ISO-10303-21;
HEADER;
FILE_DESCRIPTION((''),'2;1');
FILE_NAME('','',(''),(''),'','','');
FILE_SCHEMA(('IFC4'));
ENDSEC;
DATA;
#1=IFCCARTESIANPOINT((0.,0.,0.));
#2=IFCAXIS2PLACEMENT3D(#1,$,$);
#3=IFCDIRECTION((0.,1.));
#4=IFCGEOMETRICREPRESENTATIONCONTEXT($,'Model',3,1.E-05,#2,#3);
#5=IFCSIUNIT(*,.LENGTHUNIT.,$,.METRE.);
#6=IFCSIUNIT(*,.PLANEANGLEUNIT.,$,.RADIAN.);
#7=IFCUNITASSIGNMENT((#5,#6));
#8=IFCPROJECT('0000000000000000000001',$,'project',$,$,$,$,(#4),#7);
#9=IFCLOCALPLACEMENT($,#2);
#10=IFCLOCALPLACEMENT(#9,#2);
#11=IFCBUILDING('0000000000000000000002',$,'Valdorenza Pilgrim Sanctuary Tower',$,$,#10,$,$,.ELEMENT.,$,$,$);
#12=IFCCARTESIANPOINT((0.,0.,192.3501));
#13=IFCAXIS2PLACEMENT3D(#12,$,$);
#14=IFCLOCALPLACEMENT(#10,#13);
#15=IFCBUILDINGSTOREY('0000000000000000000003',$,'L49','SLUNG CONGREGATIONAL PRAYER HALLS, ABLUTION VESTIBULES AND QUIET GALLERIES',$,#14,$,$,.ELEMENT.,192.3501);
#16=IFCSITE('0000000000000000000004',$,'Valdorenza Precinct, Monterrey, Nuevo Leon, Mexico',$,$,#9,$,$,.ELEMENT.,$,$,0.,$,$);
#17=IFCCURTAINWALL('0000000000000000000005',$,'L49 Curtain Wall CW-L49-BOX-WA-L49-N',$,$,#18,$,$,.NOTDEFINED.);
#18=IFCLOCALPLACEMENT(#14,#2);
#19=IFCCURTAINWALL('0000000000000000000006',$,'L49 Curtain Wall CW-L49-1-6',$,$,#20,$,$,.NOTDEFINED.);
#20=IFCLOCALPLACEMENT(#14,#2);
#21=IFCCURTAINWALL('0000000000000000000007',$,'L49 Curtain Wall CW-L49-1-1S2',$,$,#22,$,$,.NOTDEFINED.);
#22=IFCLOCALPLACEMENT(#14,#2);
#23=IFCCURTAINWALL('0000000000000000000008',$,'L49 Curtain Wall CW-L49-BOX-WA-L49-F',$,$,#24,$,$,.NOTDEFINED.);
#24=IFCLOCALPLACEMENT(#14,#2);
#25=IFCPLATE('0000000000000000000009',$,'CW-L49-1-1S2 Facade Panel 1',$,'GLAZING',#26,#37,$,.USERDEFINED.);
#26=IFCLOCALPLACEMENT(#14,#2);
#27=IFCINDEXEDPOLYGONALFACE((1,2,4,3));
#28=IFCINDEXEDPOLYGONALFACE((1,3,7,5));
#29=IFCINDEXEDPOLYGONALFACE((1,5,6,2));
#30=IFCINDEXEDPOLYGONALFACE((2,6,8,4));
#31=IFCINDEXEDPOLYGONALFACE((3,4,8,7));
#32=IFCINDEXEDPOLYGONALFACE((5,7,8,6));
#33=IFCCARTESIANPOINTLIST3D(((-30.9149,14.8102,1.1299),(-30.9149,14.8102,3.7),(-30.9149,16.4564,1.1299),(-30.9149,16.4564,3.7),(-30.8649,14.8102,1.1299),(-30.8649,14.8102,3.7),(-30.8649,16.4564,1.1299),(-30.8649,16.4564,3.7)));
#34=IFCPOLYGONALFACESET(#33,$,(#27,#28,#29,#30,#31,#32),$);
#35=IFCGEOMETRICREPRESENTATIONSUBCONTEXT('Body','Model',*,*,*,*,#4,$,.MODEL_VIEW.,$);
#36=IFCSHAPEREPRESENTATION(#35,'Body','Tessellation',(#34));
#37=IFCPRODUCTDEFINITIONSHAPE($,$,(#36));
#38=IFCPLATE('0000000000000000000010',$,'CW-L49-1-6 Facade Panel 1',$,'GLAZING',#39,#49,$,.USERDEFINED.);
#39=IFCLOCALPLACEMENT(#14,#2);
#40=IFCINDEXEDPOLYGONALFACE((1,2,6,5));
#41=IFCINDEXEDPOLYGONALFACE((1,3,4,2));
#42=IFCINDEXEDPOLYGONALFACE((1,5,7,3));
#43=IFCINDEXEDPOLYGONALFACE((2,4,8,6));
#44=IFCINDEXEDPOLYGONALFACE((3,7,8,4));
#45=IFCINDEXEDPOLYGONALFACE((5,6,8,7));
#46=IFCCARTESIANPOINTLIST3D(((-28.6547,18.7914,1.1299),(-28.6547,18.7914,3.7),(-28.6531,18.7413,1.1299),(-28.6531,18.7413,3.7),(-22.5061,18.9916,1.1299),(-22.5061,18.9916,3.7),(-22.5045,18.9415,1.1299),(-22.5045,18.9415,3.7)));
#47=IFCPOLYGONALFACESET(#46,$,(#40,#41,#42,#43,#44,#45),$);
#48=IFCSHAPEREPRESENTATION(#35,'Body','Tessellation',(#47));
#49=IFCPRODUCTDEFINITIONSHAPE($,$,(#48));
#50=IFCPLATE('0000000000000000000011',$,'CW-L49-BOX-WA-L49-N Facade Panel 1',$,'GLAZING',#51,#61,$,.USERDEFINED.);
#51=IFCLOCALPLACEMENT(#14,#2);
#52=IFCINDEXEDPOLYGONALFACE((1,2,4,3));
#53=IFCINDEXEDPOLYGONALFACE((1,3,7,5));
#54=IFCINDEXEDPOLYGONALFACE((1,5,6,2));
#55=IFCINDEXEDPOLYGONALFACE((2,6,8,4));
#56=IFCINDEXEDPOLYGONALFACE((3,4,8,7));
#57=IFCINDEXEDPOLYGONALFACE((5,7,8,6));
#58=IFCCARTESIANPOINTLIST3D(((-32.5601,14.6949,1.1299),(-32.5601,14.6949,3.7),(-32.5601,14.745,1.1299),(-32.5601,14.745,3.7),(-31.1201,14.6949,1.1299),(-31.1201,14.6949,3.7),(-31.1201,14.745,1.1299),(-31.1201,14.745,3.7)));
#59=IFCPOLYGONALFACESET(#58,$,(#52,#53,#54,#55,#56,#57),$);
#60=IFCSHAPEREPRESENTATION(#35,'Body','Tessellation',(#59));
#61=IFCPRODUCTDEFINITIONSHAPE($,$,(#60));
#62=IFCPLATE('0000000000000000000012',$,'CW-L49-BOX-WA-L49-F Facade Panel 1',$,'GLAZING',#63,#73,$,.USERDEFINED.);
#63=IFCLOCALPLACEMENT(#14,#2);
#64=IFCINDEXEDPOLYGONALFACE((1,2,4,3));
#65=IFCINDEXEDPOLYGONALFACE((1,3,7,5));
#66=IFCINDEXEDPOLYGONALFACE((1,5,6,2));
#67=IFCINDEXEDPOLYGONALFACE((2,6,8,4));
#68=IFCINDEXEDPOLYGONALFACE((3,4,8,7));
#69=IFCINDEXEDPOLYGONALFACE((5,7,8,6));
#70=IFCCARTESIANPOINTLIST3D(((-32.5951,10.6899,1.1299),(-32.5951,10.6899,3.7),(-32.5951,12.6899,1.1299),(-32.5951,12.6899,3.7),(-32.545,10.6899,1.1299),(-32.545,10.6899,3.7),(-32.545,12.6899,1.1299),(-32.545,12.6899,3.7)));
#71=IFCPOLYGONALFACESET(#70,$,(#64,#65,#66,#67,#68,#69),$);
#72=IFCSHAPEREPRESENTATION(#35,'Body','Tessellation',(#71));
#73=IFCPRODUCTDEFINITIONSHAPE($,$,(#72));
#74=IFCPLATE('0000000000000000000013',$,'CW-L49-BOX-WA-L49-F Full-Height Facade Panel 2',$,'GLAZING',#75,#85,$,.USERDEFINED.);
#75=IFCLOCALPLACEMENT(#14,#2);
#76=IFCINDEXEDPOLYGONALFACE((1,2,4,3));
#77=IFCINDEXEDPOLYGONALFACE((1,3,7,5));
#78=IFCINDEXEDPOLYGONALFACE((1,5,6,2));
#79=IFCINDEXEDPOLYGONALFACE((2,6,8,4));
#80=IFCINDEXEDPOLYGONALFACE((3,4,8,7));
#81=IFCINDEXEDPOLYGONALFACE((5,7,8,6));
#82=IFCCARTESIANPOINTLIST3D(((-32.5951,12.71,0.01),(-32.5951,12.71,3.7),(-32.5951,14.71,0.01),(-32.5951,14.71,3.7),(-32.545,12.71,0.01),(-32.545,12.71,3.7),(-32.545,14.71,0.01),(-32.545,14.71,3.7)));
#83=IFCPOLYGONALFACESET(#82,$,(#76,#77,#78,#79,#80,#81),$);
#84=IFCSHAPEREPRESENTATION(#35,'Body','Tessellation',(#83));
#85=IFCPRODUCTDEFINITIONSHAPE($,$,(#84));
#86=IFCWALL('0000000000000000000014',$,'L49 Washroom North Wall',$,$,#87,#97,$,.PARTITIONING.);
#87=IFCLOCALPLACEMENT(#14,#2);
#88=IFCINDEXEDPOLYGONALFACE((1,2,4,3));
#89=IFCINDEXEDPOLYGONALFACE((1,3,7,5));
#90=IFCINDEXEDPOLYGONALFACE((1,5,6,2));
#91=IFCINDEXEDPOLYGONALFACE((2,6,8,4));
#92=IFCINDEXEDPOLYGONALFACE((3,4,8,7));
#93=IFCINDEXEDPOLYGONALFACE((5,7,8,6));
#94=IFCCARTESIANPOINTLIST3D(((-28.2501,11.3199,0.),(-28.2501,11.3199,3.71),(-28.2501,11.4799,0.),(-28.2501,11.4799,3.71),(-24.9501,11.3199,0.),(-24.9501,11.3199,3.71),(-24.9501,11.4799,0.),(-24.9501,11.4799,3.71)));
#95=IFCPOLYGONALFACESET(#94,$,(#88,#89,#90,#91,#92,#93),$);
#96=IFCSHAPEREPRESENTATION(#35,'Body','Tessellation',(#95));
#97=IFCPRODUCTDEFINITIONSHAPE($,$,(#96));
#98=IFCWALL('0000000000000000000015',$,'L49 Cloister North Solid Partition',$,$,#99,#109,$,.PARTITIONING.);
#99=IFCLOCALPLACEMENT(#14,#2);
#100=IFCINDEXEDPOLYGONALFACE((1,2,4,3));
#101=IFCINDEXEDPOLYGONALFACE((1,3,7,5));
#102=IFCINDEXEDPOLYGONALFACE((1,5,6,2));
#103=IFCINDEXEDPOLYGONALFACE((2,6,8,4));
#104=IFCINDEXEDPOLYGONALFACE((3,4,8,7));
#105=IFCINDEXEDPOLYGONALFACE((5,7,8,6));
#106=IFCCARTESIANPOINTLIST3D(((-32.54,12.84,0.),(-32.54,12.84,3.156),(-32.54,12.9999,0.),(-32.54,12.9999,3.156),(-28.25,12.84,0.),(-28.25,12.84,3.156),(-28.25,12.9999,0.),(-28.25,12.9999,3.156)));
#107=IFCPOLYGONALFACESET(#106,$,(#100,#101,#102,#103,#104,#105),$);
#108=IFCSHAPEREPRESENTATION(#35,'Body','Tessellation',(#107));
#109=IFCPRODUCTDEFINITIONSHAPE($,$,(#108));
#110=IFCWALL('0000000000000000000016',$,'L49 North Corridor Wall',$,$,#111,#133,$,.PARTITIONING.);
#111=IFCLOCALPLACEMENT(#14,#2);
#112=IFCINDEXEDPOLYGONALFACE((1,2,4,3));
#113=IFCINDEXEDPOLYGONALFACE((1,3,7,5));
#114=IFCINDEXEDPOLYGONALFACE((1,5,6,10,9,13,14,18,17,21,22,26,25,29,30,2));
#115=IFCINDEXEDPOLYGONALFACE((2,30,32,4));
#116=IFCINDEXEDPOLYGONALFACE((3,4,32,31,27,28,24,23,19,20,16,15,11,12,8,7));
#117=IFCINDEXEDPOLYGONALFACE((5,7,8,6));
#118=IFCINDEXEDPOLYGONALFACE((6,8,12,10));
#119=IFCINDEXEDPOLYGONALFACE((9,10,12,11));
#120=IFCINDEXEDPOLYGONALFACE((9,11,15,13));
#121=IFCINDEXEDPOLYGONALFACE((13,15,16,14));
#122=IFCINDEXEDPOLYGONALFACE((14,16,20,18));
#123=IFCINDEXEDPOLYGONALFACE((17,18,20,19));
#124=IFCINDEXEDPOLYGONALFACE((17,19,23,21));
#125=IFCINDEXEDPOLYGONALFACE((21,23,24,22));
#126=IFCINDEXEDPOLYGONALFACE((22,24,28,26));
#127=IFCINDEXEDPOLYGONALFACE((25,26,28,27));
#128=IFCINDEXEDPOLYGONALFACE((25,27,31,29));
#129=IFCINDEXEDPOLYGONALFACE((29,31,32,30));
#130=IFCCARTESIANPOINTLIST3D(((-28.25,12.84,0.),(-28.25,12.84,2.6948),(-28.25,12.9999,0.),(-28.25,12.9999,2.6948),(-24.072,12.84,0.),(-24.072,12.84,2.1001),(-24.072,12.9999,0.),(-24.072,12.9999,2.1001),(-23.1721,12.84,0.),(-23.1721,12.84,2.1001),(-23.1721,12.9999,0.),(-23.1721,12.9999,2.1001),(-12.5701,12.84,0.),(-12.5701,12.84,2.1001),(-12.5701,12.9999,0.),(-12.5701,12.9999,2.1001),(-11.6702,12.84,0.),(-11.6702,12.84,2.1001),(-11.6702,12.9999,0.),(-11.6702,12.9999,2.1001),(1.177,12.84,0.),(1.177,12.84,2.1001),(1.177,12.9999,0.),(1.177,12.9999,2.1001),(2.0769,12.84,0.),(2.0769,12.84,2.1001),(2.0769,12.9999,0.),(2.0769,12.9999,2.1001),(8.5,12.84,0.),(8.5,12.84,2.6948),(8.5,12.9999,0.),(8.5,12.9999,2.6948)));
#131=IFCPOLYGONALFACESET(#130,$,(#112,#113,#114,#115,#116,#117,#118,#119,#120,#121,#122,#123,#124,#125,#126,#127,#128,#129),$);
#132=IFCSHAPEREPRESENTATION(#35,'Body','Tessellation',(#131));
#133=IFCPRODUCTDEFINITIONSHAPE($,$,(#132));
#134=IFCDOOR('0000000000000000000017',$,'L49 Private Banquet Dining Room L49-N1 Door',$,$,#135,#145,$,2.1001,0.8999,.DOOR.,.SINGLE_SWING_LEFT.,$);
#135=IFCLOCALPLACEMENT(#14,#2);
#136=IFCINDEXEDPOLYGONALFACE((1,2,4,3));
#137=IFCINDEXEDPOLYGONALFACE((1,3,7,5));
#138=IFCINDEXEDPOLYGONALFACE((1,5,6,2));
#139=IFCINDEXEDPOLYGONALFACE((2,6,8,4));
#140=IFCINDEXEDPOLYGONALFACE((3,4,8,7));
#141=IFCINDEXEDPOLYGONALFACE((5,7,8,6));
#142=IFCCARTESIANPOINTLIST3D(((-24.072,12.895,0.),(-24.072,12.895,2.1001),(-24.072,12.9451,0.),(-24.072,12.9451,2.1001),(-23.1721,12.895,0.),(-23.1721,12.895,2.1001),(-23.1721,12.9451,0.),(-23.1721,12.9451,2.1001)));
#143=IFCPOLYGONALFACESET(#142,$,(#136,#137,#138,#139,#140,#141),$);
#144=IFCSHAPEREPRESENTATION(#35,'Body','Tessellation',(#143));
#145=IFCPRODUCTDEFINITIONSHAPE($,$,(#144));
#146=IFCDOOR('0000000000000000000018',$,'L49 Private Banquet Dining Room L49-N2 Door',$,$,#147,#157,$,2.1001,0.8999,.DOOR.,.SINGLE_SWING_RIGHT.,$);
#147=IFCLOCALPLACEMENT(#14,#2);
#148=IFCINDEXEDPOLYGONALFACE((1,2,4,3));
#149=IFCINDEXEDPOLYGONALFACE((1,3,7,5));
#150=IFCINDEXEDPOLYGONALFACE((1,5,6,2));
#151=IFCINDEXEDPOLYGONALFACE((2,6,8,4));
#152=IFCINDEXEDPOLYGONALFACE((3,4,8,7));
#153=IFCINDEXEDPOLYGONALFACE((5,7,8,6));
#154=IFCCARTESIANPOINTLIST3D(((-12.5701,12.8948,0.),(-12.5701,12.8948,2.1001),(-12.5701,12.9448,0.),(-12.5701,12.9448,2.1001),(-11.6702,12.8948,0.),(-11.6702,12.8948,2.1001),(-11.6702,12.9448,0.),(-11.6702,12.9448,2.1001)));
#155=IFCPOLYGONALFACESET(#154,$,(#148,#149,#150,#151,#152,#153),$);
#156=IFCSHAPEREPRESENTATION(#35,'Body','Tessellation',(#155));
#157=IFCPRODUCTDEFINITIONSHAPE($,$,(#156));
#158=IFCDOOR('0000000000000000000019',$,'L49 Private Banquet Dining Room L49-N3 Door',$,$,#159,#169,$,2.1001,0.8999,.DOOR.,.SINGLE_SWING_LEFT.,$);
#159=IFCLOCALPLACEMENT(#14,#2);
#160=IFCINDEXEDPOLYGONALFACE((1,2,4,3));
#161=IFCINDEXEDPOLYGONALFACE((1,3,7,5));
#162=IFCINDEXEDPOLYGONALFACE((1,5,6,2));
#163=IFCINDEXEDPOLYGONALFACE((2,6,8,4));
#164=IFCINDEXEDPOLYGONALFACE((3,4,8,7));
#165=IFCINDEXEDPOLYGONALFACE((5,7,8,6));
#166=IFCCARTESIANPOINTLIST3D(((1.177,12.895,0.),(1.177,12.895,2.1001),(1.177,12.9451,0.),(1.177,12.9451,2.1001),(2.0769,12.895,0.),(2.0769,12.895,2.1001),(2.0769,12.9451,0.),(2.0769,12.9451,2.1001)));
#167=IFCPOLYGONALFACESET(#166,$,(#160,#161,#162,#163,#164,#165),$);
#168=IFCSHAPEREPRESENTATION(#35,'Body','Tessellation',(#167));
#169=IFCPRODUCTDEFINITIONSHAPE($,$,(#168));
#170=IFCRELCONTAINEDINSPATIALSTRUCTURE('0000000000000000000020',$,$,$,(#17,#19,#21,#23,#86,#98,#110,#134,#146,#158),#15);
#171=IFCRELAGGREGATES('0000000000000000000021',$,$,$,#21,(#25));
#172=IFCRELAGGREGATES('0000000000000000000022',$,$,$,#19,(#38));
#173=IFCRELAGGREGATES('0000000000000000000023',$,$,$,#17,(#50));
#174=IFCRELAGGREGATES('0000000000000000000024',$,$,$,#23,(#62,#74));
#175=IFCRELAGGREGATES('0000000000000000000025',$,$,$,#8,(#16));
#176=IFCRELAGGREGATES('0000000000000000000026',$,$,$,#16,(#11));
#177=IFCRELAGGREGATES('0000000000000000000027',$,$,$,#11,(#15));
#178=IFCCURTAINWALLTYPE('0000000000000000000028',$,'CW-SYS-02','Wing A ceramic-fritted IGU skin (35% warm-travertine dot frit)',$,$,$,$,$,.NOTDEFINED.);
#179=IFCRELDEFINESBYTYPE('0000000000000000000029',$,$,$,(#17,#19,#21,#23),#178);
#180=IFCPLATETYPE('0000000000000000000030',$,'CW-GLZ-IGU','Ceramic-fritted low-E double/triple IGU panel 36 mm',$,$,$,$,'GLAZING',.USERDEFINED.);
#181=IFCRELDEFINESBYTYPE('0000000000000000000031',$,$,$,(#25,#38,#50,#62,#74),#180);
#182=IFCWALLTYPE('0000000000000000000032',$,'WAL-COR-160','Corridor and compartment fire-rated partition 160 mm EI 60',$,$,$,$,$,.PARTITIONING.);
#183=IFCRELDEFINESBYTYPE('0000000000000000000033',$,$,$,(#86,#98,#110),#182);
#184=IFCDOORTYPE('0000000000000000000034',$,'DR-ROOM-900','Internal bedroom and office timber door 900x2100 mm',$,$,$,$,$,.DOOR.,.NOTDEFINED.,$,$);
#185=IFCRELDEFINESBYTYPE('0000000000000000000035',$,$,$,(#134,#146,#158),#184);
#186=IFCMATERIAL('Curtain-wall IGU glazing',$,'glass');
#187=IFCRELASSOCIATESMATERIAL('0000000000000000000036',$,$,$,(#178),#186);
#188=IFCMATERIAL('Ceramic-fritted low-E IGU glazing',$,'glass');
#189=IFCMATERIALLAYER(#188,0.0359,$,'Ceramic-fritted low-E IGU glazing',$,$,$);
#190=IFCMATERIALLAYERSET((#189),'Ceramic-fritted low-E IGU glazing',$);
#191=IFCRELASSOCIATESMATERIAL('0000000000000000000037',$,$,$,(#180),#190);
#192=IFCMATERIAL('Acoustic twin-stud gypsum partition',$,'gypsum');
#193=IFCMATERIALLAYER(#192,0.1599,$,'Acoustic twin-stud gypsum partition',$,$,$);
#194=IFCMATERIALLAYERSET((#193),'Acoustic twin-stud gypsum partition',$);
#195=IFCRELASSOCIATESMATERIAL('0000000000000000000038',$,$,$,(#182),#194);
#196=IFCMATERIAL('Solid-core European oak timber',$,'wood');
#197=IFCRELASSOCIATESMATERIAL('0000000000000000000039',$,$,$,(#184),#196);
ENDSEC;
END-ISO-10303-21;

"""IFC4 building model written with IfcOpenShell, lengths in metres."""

from ifc_helpers import new_model, si_unit, direction, frame, frame_2d, origin, origin_2d, place, context, subcontext, project, spatial, rectangle, extrude, source, transform, mapped, material, layer, layer_set, type_object, element, fill, aggregate, save


model = new_model("IFC4")

# Units and contexts
model_context = context("Model", 3, precision=1e-05, world=origin(), true_north=direction((0.0, 1.0)))
body_context = subcontext(model_context, "Body", "Model", "MODEL_VIEW")
ifc_project = project(units=[si_unit("LENGTHUNIT", "METRE"), si_unit("PLANEANGLEUNIT", "RADIAN")], contexts=[model_context])

# Site, building, storey
site_placement = place(None, origin())
site = spatial("IfcSite", under=ifc_project, at=site_placement, Name="Valdorenza Precinct, Monterrey, Nuevo Leon, Mexico", CompositionType="ELEMENT", RefElevation=0.0)
building_placement = place(site_placement, origin())
building = spatial("IfcBuilding", under=site, at=building_placement, Name="Valdorenza Pilgrim Sanctuary Tower", CompositionType="ELEMENT")
storey_placement = place(building_placement, frame((0.0, 0.0, 192.3501)))
storey = spatial("IfcBuildingStorey", under=building, at=storey_placement, Name="L49", Description="SLUNG CONGREGATIONAL PRAYER HALLS, ABLUTION VESTIBULES AND QUIET GALLERIES", CompositionType="ELEMENT", Elevation=192.3501)

# Curtain walls
ifc_material_1 = material(Name="Curtain-wall IGU glazing", Category="glass")
curtain_wall_type = type_object("IfcCurtainWallType", Name="CW-SYS-02", Description="Wing A ceramic-fritted IGU skin (35% warm-travertine dot frit)", PredefinedType="NOTDEFINED", material=ifc_material_1)
curtain_wall_1_placement = place(storey_placement, origin())
curtain_wall_1 = element("IfcCurtainWall", 1, at=curtain_wall_1_placement, inside=storey, type_object=curtain_wall_type, Name="L49 Curtain Wall CW-L49-BOX-WA-L49-N", PredefinedType="NOTDEFINED")
curtain_wall_2_placement = place(storey_placement, origin())
curtain_wall_2 = element("IfcCurtainWall", 2, at=curtain_wall_2_placement, inside=storey, type_object=curtain_wall_type, Name="L49 Curtain Wall CW-L49-1-6", PredefinedType="NOTDEFINED")

# Curtain wall
curtain_wall_3_placement = place(storey_placement, origin())
curtain_wall_3 = element("IfcCurtainWall", 3, at=curtain_wall_3_placement, inside=storey, type_object=curtain_wall_type, Name="L49 Curtain Wall CW-L49-1-1S2", PredefinedType="NOTDEFINED")

# Curtain wall
curtain_wall_4_placement = place(storey_placement, origin())
curtain_wall_4 = element("IfcCurtainWall", 4, at=curtain_wall_4_placement, inside=storey, type_object=curtain_wall_type, Name="L49 Curtain Wall CW-L49-BOX-WA-L49-F", PredefinedType="NOTDEFINED")

# Plates
ifc_material_2 = material(Name="Ceramic-fritted low-E IGU glazing", Category="glass")
ifc_layer_1 = layer(ifc_material_2, 0.0359, Name="Ceramic-fritted low-E IGU glazing")
ifc_layer_set_1 = layer_set([ifc_layer_1], Name="Ceramic-fritted low-E IGU glazing")
plate_type_1 = type_object("IfcPlateType", Name="CW-GLZ-IGU", Description="Ceramic-fritted low-E double/triple IGU panel 36 mm", ElementType="GLAZING", PredefinedType="USERDEFINED", material=ifc_layer_set_1)
shared_shape_1 = source(origin(), body_context, "Body", "SweptSolid", [
    extrude(rectangle(XDim=1.6462, YDim=0.05, at=origin_2d()), origin(), (0.0, 0.0, 1.0), 2.5701),
])
plate_1_placement = place(storey_placement, frame((-30.8899, 15.6333, 1.1299), z_axis=(0.0, 0.0, 1.0), x_axis=(0.0, 1.0, 0.0)))
plate_1 = element("IfcPlate", 5, at=plate_1_placement, type_object=plate_type_1, Name="CW-L49-1-1S2 Facade Panel 1", ObjectType="GLAZING", PredefinedType="USERDEFINED", context=body_context, shape_type="MappedRepresentation", body=[
    mapped(shared_shape_1, transform((0.0, 0.0, 0.0), x_axis=(1.0, 0.0, 0.0), y_axis=(0.0, 1.0, 0.0), z_axis=(0.0, 0.0, 1.0), scale=1.0)),
])
aggregate(curtain_wall_3, [plate_1])
shared_shape_2 = source(origin(), body_context, "Body", "SweptSolid", [
    extrude(rectangle(XDim=6.1519, YDim=0.05, at=origin_2d()), origin(), (0.0, 0.0, 1.0), 2.5701),
])
plate_2_placement = place(storey_placement, frame((-25.5796, 18.8665, 1.1299), z_axis=(0.0, 0.0, 1.0), x_axis=(0.99947, 0.032545, 0.0)))
plate_2 = element("IfcPlate", 6, at=plate_2_placement, type_object=plate_type_1, Name="CW-L49-1-6 Facade Panel 1", ObjectType="GLAZING", PredefinedType="USERDEFINED", context=body_context, shape_type="MappedRepresentation", body=[
    mapped(shared_shape_2, transform((0.0, 0.0, 0.0), x_axis=(1.0, 0.0, 0.0), y_axis=(0.0, 1.0, 0.0), z_axis=(0.0, 0.0, 1.0), scale=1.0)),
])
aggregate(curtain_wall_2, [plate_2])
shared_shape_3 = source(origin(), body_context, "Body", "SweptSolid", [
    extrude(rectangle(XDim=1.4399, YDim=0.05, at=origin_2d()), origin(), (0.0, 0.0, 1.0), 2.5701),
])
plate_3_placement = place(storey_placement, frame((-31.8401, 14.72, 1.1299), z_axis=(0.0, 0.0, 1.0), x_axis=(1.0, 0.0, 0.0)))
plate_3 = element("IfcPlate", 7, at=plate_3_placement, type_object=plate_type_1, Name="CW-L49-BOX-WA-L49-N Facade Panel 1", ObjectType="GLAZING", PredefinedType="USERDEFINED", context=body_context, shape_type="MappedRepresentation", body=[
    mapped(shared_shape_3, transform((0.0, 0.0, 0.0), x_axis=(1.0, 0.0, 0.0), y_axis=(0.0, 1.0, 0.0), z_axis=(0.0, 0.0, 1.0), scale=1.0)),
])
aggregate(curtain_wall_1, [plate_3])
shared_shape_4 = source(origin(), body_context, "Body", "SweptSolid", [
    extrude(rectangle(XDim=2.0, YDim=0.05, at=origin_2d()), origin(), (0.0, 0.0, 1.0), 2.5701),
])
plate_4_placement = place(storey_placement, frame((-32.5701, 11.6899, 1.1299), z_axis=(0.0, 0.0, 1.0), x_axis=(0.0, 1.0, 0.0)))
plate_4 = element("IfcPlate", 8, at=plate_4_placement, type_object=plate_type_1, Name="CW-L49-BOX-WA-L49-F Facade Panel 1", ObjectType="GLAZING", PredefinedType="USERDEFINED", context=body_context, shape_type="MappedRepresentation", body=[
    mapped(shared_shape_4, transform((0.0, 0.0, 0.0), x_axis=(1.0, 0.0, 0.0), y_axis=(0.0, 1.0, 0.0), z_axis=(0.0, 0.0, 1.0), scale=1.0)),
])
shared_shape_5 = source(origin(), body_context, "Body", "SweptSolid", [
    extrude(rectangle(XDim=2.0, YDim=0.05, at=origin_2d()), origin(), (0.0, 0.0, 1.0), 3.6899),
])
plate_5_placement = place(storey_placement, frame((-32.5701, 13.71, 0.01), z_axis=(0.0, 0.0, 1.0), x_axis=(0.0, 1.0, 0.0)))
plate_5 = element("IfcPlate", 9, at=plate_5_placement, type_object=plate_type_1, Name="CW-L49-BOX-WA-L49-F Full-Height Facade Panel 2", ObjectType="GLAZING", PredefinedType="USERDEFINED", context=body_context, shape_type="MappedRepresentation", body=[
    mapped(shared_shape_5, transform((0.0, 0.0, 0.0), x_axis=(1.0, 0.0, 0.0), y_axis=(0.0, 1.0, 0.0), z_axis=(0.0, 0.0, 1.0), scale=1.0)),
])
aggregate(curtain_wall_4, [plate_4, plate_5])

# Walls
ifc_material_3 = material(Name="Acoustic twin-stud gypsum partition", Category="gypsum")
ifc_layer_2 = layer(ifc_material_3, 0.1599, Name="Acoustic twin-stud gypsum partition")
ifc_layer_set_2 = layer_set([ifc_layer_2], Name="Acoustic twin-stud gypsum partition")
wall_type_1 = type_object("IfcWallType", Name="WAL-COR-160", Description="Corridor and compartment fire-rated partition 160 mm EI 60", PredefinedType="PARTITIONING", material=ifc_layer_set_2)
wall_1_placement = place(storey_placement, frame((-28.25, 11.3999, 0.0), z_axis=(0.0, 0.0, 1.0), x_axis=(1.0, 0.0, 0.0)))
element("IfcWall", 10, at=wall_1_placement, inside=storey, type_object=wall_type_1, Name="L49 Washroom North Wall", PredefinedType="PARTITIONING", context=body_context, shape_type="SweptSolid", body=[
    extrude(rectangle(XDim=3.3, YDim=0.1599, at=frame_2d((1.6499, 0.0))), origin(), (0.0, 0.0, 1.0), 3.71),
])
wall_2_placement = place(storey_placement, frame((-32.54, 12.9199, 0.0), z_axis=(0.0, 0.0, 1.0), x_axis=(1.0, 0.0, 0.0)))
element("IfcWall", 11, at=wall_2_placement, inside=storey, type_object=wall_type_1, Name="L49 Cloister North Solid Partition", PredefinedType="PARTITIONING", context=body_context, shape_type="SweptSolid", body=[
    extrude(rectangle(XDim=4.29, YDim=0.1599, at=frame_2d((2.145, 0.0))), origin(), (0.0, 0.0, 1.0), 3.156),
])

# Wall, openings, doors
wall_3_placement = place(storey_placement, frame((-28.25, 12.9199, 0.0), z_axis=(0.0, 0.0, 1.0), x_axis=(1.0, 0.0, 0.0)))
wall_3 = element("IfcWall", 12, at=wall_3_placement, inside=storey, type_object=wall_type_1, Name="L49 North Corridor Wall", PredefinedType="PARTITIONING", context=body_context, shape_type="SweptSolid", body=[
    extrude(rectangle(XDim=36.75, YDim=0.1599, at=frame_2d((18.375, 0.0))), origin(), (0.0, 0.0, 1.0), 2.6948),
])
opening_1_placement = place(wall_3_placement, frame((4.178, 0.0, 0.0)))
opening_1 = element("IfcOpeningElement", 13, at=opening_1_placement, cuts=wall_3, PredefinedType="OPENING", context=body_context, shape_type="SweptSolid", body=[
    extrude(rectangle(XDim=0.8999, YDim=2.1001, at=frame_2d((0.45, 1.05))), frame((0.0, 0.0947, 0.0), z_axis=(0.0, -1.0, 0.0), x_axis=(1.0, 0.0, 0.0)), (0.0, 0.0, 1.0), 0.1897),
])
opening_2_placement = place(wall_3_placement, frame((15.6799, 0.0, 0.0)))
opening_2 = element("IfcOpeningElement", 14, at=opening_2_placement, cuts=wall_3, PredefinedType="OPENING", context=body_context, shape_type="SweptSolid", body=[
    extrude(rectangle(XDim=0.8999, YDim=2.1001, at=frame_2d((0.45, 1.05))), frame((0.0, 0.0947, 0.0), z_axis=(0.0, -1.0, 0.0), x_axis=(1.0, 0.0, 0.0)), (0.0, 0.0, 1.0), 0.1897),
])
opening_3_placement = place(wall_3_placement, frame((29.427, 0.0, 0.0)))
opening_3 = element("IfcOpeningElement", 15, at=opening_3_placement, cuts=wall_3, PredefinedType="OPENING", context=body_context, shape_type="SweptSolid", body=[
    extrude(rectangle(XDim=0.8999, YDim=2.1001, at=frame_2d((0.45, 1.05))), frame((0.0, 0.0947, 0.0), z_axis=(0.0, -1.0, 0.0), x_axis=(1.0, 0.0, 0.0)), (0.0, 0.0, 1.0), 0.1897),
])
ifc_material_4 = material(Name="Solid-core European oak timber", Category="wood")
door_type = type_object("IfcDoorType", Name="DR-ROOM-900", Description="Internal bedroom and office timber door 900x2100 mm", OperationType="NOTDEFINED", PredefinedType="DOOR", material=ifc_material_4)
door_1_placement = place(opening_1_placement, frame((0.8999, 0.0, 0.0), z_axis=(0.0, 0.0, 1.0), x_axis=(-1.0, 0.0, 0.0)))
door_1 = element("IfcDoor", 16, at=door_1_placement, inside=storey, type_object=door_type, Name="L49 Private Banquet Dining Room L49-N1 Door", OperationType="SINGLE_SWING_LEFT", OverallHeight=2.1001, OverallWidth=0.8999, PredefinedType="DOOR", context=body_context, shape_type="SweptSolid", body=[
    extrude(rectangle(XDim=0.8999, YDim=2.1001, at=frame_2d((0.45, 1.05))), frame((0.0, 0.0249, 0.0), z_axis=(0.0, -1.0, 0.0), x_axis=(1.0, 0.0, 0.0)), (0.0, 0.0, 1.0), 0.05),
])
fill(opening_1, door_1)
door_2_placement = place(opening_2_placement, origin())
door_2 = element("IfcDoor", 17, at=door_2_placement, inside=storey, type_object=door_type, Name="L49 Private Banquet Dining Room L49-N2 Door", OperationType="SINGLE_SWING_RIGHT", OverallHeight=2.1001, OverallWidth=0.8999, PredefinedType="DOOR", context=body_context, shape_type="SweptSolid", body=[
    extrude(rectangle(XDim=0.8999, YDim=2.1001, at=frame_2d((0.45, 1.05))), frame((0.0, 0.0249, 0.0), z_axis=(0.0, -1.0, 0.0), x_axis=(1.0, 0.0, 0.0)), (0.0, 0.0, 1.0), 0.05),
])
fill(opening_2, door_2)
door_3_placement = place(opening_3_placement, frame((0.8999, 0.0, 0.0), z_axis=(0.0, 0.0, 1.0), x_axis=(-1.0, 0.0, 0.0)))
door_3 = element("IfcDoor", 18, at=door_3_placement, inside=storey, type_object=door_type, Name="L49 Private Banquet Dining Room L49-N3 Door", OperationType="SINGLE_SWING_LEFT", OverallHeight=2.1001, OverallWidth=0.8999, PredefinedType="DOOR", context=body_context, shape_type="SweptSolid", body=[
    extrude(rectangle(XDim=0.8999, YDim=2.1001, at=frame_2d((0.45, 1.05))), frame((0.0, 0.0249, 0.0), z_axis=(0.0, -1.0, 0.0), x_axis=(1.0, 0.0, 0.0)), (0.0, 0.0, 1.0), 0.05),
])
fill(opening_3, door_3)

save(model, "model.ifc")
